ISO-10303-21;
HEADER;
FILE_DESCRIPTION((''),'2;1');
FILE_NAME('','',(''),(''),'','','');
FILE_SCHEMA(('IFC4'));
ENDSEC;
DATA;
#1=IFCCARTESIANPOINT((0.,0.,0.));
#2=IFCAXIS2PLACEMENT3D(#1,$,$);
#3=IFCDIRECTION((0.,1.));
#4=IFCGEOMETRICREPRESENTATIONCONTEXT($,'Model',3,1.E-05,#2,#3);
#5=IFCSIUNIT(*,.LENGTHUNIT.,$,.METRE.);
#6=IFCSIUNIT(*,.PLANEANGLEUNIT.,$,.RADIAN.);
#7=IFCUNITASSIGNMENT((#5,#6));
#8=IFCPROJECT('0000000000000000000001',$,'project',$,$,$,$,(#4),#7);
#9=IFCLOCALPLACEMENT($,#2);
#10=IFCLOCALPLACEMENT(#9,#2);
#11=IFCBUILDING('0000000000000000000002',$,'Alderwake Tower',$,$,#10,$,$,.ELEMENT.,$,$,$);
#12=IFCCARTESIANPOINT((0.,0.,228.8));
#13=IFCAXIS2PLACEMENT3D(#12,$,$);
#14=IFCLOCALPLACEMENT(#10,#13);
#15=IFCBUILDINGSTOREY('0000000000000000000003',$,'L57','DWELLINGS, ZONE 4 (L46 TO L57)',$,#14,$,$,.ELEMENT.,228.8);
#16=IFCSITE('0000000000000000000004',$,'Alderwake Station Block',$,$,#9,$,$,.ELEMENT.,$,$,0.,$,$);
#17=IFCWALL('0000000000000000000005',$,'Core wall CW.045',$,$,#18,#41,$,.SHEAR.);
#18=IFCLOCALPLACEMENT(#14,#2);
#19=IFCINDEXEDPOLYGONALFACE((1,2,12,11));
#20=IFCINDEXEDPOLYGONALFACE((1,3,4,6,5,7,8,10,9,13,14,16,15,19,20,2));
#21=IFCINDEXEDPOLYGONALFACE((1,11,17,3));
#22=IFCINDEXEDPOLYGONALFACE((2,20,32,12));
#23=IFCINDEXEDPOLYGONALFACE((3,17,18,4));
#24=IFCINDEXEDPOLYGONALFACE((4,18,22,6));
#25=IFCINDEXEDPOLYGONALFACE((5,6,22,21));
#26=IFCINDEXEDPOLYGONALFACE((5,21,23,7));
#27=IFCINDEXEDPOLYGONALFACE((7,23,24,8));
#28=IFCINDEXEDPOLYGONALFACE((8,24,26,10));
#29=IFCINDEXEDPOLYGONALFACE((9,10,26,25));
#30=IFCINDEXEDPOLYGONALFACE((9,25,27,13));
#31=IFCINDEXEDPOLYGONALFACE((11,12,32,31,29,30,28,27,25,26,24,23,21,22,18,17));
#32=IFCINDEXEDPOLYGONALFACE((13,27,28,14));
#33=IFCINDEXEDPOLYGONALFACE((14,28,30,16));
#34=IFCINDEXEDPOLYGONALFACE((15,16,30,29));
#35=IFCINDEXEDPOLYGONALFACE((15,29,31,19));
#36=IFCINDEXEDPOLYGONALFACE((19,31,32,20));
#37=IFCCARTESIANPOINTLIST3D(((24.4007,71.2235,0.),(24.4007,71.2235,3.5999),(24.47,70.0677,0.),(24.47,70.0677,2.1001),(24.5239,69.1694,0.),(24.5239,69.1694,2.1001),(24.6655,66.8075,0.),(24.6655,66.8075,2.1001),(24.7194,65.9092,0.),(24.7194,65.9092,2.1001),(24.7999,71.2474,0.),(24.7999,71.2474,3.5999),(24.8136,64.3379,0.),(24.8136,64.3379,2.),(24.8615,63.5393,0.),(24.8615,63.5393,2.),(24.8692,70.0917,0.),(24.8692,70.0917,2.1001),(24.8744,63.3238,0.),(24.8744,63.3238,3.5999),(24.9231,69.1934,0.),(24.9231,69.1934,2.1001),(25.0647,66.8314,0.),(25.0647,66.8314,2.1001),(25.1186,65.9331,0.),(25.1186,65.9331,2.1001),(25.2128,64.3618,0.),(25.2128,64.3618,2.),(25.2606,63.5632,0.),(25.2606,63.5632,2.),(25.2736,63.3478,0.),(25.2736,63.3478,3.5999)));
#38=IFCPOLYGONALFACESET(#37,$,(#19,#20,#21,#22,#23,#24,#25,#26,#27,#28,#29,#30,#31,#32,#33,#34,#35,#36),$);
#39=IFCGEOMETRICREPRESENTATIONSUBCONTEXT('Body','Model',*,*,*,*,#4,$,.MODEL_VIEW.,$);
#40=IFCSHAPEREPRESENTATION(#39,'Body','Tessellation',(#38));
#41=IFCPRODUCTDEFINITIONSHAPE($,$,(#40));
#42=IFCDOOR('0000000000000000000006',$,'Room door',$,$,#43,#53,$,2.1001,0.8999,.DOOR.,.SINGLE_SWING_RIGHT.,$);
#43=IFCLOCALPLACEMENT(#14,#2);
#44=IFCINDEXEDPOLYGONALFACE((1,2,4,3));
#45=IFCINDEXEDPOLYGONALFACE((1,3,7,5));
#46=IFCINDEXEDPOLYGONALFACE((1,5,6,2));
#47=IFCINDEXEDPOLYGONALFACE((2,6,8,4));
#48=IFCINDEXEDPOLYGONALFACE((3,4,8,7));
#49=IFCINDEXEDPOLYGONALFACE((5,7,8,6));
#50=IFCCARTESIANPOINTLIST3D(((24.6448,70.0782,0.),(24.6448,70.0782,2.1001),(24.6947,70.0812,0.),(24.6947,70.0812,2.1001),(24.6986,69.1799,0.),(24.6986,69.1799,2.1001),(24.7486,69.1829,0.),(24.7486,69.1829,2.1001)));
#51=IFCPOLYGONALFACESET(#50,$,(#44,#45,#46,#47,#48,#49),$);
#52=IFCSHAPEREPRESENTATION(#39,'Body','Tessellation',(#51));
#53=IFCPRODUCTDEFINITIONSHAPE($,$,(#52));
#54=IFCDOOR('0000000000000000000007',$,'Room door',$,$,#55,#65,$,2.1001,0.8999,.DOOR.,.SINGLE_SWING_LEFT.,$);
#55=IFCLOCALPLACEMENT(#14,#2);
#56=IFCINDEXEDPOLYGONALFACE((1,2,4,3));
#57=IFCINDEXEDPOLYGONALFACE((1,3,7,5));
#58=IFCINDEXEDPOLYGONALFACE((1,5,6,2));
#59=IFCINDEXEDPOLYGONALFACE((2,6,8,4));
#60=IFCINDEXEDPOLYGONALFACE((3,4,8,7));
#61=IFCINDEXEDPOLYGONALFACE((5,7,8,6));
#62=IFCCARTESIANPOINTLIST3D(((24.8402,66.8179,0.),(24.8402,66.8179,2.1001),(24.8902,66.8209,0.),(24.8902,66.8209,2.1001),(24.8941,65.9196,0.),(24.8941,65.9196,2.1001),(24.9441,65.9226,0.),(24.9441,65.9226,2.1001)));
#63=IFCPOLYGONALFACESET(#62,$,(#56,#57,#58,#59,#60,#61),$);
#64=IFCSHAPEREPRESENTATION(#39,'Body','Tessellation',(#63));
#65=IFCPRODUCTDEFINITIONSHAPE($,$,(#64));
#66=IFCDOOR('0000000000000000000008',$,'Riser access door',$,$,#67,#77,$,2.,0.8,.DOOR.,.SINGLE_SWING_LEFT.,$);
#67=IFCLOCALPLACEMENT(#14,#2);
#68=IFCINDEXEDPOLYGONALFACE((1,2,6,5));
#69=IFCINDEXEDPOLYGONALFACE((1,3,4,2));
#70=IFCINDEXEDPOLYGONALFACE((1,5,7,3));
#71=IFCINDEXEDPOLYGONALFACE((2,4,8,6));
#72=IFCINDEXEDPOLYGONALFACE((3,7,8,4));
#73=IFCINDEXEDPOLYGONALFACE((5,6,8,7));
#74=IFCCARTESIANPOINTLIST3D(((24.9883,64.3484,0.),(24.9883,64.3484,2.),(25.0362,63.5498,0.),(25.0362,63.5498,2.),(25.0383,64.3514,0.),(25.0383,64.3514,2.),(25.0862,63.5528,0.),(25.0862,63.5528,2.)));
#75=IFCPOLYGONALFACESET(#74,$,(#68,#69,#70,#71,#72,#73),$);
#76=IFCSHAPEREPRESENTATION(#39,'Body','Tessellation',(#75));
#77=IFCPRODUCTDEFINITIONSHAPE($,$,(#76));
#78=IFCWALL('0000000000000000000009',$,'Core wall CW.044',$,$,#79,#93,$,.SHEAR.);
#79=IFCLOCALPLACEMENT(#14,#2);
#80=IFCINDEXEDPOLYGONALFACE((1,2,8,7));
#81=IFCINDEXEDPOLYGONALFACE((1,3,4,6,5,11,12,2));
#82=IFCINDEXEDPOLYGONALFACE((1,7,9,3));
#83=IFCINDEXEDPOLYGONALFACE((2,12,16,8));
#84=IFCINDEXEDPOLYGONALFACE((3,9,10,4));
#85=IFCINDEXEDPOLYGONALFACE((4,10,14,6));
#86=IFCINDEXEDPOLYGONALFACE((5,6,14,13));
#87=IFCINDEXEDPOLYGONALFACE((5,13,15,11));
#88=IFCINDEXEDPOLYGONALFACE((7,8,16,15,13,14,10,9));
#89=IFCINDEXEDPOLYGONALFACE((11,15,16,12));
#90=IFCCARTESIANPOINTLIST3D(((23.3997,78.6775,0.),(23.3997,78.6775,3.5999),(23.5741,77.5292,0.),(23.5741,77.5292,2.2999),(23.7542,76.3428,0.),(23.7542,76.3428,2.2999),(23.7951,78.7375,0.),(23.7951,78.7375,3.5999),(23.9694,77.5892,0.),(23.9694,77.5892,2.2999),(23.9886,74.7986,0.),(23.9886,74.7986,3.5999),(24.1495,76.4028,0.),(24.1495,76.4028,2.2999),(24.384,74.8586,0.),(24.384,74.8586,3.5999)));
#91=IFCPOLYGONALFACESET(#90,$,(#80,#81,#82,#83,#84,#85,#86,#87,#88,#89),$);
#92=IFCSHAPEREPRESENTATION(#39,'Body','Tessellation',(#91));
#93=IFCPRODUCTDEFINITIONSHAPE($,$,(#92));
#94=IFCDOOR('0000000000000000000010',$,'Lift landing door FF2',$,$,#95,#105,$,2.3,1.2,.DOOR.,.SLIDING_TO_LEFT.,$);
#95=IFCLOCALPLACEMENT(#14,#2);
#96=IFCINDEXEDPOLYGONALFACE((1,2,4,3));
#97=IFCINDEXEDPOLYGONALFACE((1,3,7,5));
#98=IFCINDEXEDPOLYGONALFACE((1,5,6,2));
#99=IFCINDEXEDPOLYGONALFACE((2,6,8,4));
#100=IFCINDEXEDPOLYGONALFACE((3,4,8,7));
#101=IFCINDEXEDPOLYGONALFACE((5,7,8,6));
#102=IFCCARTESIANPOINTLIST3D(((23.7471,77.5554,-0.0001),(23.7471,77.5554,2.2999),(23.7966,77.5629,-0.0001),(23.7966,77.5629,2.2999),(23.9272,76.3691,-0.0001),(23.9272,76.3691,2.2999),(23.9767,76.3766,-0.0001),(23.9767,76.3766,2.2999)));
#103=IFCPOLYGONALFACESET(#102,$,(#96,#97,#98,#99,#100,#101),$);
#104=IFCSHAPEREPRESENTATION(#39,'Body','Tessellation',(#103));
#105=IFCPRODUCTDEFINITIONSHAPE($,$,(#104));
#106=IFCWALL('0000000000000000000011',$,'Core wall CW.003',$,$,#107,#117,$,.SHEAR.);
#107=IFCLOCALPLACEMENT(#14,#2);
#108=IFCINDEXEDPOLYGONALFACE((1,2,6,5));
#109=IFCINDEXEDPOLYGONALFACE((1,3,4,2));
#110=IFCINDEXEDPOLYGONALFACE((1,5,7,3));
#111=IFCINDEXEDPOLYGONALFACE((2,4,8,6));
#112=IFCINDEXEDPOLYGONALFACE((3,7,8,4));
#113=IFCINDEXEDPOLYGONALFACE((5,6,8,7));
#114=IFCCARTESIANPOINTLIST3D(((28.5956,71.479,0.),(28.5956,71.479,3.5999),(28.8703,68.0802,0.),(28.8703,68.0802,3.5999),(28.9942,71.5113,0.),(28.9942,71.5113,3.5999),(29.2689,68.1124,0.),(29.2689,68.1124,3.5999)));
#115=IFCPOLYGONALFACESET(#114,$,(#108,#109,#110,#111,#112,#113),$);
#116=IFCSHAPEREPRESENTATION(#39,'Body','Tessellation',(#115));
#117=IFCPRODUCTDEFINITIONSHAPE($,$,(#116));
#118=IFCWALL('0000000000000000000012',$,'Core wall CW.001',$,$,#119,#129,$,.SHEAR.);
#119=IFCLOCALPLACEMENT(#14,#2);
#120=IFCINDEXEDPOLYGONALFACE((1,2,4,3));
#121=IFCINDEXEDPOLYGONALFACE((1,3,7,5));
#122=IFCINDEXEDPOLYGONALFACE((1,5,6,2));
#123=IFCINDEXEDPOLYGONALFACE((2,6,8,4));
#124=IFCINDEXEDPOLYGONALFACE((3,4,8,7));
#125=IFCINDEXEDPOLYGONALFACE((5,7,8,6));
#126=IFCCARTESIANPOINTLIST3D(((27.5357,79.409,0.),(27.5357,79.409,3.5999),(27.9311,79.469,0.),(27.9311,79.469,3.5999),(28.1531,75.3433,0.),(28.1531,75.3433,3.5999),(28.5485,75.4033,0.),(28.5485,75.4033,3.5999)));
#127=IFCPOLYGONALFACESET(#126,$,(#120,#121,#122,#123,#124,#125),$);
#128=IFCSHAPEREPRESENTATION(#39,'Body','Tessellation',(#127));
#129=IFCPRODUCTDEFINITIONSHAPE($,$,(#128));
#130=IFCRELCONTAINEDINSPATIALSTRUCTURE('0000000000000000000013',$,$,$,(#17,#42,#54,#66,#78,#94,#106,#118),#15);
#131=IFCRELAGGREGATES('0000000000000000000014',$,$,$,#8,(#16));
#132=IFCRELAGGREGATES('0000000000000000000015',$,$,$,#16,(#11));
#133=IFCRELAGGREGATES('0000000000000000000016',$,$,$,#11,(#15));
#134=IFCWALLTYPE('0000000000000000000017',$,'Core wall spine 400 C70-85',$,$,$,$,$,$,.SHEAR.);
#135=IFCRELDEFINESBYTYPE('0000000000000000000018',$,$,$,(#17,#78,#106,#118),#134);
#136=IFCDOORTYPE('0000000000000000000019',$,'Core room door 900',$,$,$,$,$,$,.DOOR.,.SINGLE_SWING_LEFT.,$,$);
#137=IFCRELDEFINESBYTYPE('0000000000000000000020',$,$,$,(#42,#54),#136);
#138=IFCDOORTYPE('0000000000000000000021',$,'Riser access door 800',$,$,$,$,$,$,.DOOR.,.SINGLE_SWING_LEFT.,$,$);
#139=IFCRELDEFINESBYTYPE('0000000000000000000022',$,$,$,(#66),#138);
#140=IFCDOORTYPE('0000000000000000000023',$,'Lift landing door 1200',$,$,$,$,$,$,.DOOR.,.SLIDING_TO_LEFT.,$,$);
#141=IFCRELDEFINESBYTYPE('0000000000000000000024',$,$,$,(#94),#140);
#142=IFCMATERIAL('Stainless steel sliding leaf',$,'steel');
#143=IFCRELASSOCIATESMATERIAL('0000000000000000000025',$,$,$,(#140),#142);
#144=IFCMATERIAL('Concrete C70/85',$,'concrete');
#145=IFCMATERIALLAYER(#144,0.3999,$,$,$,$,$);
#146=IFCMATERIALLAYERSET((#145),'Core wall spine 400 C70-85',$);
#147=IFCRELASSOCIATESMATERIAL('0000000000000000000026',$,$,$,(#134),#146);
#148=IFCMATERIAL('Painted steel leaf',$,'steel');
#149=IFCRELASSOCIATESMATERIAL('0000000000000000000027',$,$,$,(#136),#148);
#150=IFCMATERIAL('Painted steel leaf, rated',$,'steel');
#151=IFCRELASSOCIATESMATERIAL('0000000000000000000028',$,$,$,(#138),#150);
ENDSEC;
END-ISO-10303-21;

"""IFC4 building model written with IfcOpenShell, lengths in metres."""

from ifc_helpers import new_model, si_unit, direction, frame, frame_2d, origin, place, context, subcontext, project, spatial, rectangle, extrude, material, layer, layer_set, type_object, element, fill, save


model = new_model("IFC4")

# Units and contexts
model_context = context("Model", 3, precision=1e-05, world=origin(), true_north=direction((0.0, 1.0)))
body_context = subcontext(model_context, "Body", "Model", "MODEL_VIEW")
ifc_project = project(units=[si_unit("LENGTHUNIT", "METRE"), si_unit("PLANEANGLEUNIT", "RADIAN")], contexts=[model_context])

# Site, building, storey
site_placement = place(None, origin())
site = spatial("IfcSite", under=ifc_project, at=site_placement, Name="Alderwake Station Block", CompositionType="ELEMENT", RefElevation=0.0)
building_placement = place(site_placement, origin())
building = spatial("IfcBuilding", under=site, at=building_placement, Name="Alderwake Tower", CompositionType="ELEMENT")
storey_placement = place(building_placement, frame((0.0, 0.0, 228.8)))
storey = spatial("IfcBuildingStorey", under=building, at=storey_placement, Name="L57", Description="DWELLINGS, ZONE 4 (L46 TO L57)", CompositionType="ELEMENT", Elevation=228.8)

# Shared definitions
ifc_material_1 = material(Name="Stainless steel sliding leaf", Category="steel")
door_type_1 = type_object("IfcDoorType", Name="Lift landing door 1200", OperationType="SLIDING_TO_LEFT", PredefinedType="DOOR", material=ifc_material_1)

# Wall, openings, doors
ifc_material_2 = material(Name="Concrete C70/85", Category="concrete")
ifc_layer_1 = layer(ifc_material_2, 0.3999)
ifc_layer_set_1 = layer_set([ifc_layer_1], Name="Core wall spine 400 C70-85")
wall_type_1 = type_object("IfcWallType", Name="Core wall spine 400 C70-85", PredefinedType="SHEAR", material=ifc_layer_set_1)
wall_1_placement = place(storey_placement, frame((25.074, 63.3357, 0.0), z_axis=(0.0, 0.0, 1.0), x_axis=(-0.059849, 0.998207, 0.0)))
wall_1 = element("IfcWall", 1, at=wall_1_placement, inside=storey, type_object=wall_type_1, Name="Core wall CW.045", PredefinedType="SHEAR", context=body_context, shape_type="SweptSolid", body=[
    extrude(rectangle(XDim=7.9138, YDim=0.3999, at=frame_2d((3.957, 0.0))), origin(), (0.0, 0.0, 1.0), 3.5999),
])
opening_1_placement = place(wall_1_placement, frame((0.2161, 0.0, 0.0)))
opening_1 = element("IfcOpeningElement", 2, at=opening_1_placement, cuts=wall_1, PredefinedType="OPENING", context=body_context, shape_type="SweptSolid", body=[
    extrude(rectangle(XDim=0.8, YDim=2.0, at=frame_2d((0.3999, 1.0))), frame((0.0, 0.21, 0.0), z_axis=(0.0, -1.0, 0.0), x_axis=(1.0, 0.0, 0.0)), (0.0, 0.0, 1.0), 0.4199),
])
opening_2_placement = place(wall_1_placement, frame((5.8562, 0.0, 0.0)))
opening_2 = element("IfcOpeningElement", 3, at=opening_2_placement, cuts=wall_1, PredefinedType="OPENING", context=body_context, shape_type="SweptSolid", body=[
    extrude(rectangle(XDim=0.8999, YDim=2.1001, at=frame_2d((0.45, 1.05))), frame((0.0, 0.21, 0.0), z_axis=(0.0, -1.0, 0.0), x_axis=(1.0, 0.0, 0.0)), (0.0, 0.0, 1.0), 0.4199),
])
opening_3_placement = place(wall_1_placement, frame((2.5901, 0.0, 0.0)))
opening_3 = element("IfcOpeningElement", 4, at=opening_3_placement, cuts=wall_1, PredefinedType="OPENING", context=body_context, shape_type="SweptSolid", body=[
    extrude(rectangle(XDim=0.8999, YDim=2.1001, at=frame_2d((0.45, 1.05))), frame((0.0, 0.21, 0.0), z_axis=(0.0, -1.0, 0.0), x_axis=(1.0, 0.0, 0.0)), (0.0, 0.0, 1.0), 0.4199),
])
ifc_material_3 = material(Name="Painted steel leaf", Category="steel")
door_type_2 = type_object("IfcDoorType", Name="Core room door 900", OperationType="SINGLE_SWING_LEFT", PredefinedType="DOOR", material=ifc_material_3)
door_1_placement = place(opening_2_placement, origin())
door_1 = element("IfcDoor", 5, at=door_1_placement, inside=storey, type_object=door_type_2, Name="Room door", OperationType="SINGLE_SWING_RIGHT", OverallHeight=2.1001, OverallWidth=0.8999, PredefinedType="DOOR", context=body_context, shape_type="SweptSolid", body=[
    extrude(rectangle(XDim=0.8999, YDim=2.1001, at=frame_2d((0.45, 1.05))), frame((0.0, 0.0249, 0.0), z_axis=(0.0, -1.0, 0.0), x_axis=(1.0, 0.0, 0.0)), (0.0, 0.0, 1.0), 0.05),
])
fill(opening_2, door_1)
door_2_placement = place(opening_3_placement, origin())
door_2 = element("IfcDoor", 6, at=door_2_placement, inside=storey, type_object=door_type_2, Name="Room door", OperationType="SINGLE_SWING_LEFT", OverallHeight=2.1001, OverallWidth=0.8999, PredefinedType="DOOR", context=body_context, shape_type="SweptSolid", body=[
    extrude(rectangle(XDim=0.8999, YDim=2.1001, at=frame_2d((0.45, 1.05))), frame((0.0, 0.0249, 0.0), z_axis=(0.0, -1.0, 0.0), x_axis=(1.0, 0.0, 0.0)), (0.0, 0.0, 1.0), 0.05),
])
fill(opening_3, door_2)
ifc_material_4 = material(Name="Painted steel leaf, rated", Category="steel")
door_type_3 = type_object("IfcDoorType", Name="Riser access door 800", OperationType="SINGLE_SWING_LEFT", PredefinedType="DOOR", material=ifc_material_4)
door_3_placement = place(opening_1_placement, origin())
door_3 = element("IfcDoor", 7, at=door_3_placement, inside=storey, type_object=door_type_3, Name="Riser access door", OperationType="SINGLE_SWING_LEFT", OverallHeight=2.0, OverallWidth=0.8, PredefinedType="DOOR", context=body_context, shape_type="SweptSolid", body=[
    extrude(rectangle(XDim=0.8, YDim=2.0, at=frame_2d((0.3999, 1.0))), frame((0.0, 0.0249, 0.0), z_axis=(0.0, -1.0, 0.0), x_axis=(1.0, 0.0, 0.0)), (0.0, 0.0, 1.0), 0.05),
])
fill(opening_1, door_3)

# Wall, opening, door
wall_2_placement = place(storey_placement, frame((24.1863, 74.8286, 0.0), z_axis=(0.0, 0.0, 1.0), x_axis=(-0.150093, 0.988672, 0.0)))
wall_2 = element("IfcWall", 8, at=wall_2_placement, inside=storey, type_object=wall_type_1, Name="Core wall CW.044", PredefinedType="SHEAR", context=body_context, shape_type="SweptSolid", body=[
    extrude(rectangle(XDim=3.9233, YDim=0.3999, at=frame_2d((1.9617, 0.0))), origin(), (0.0, 0.0, 1.0), 3.5999),
])
opening_4_placement = place(wall_2_placement, frame((1.5618, 0.0, 0.0)))
opening_4 = element("IfcOpeningElement", 9, at=opening_4_placement, cuts=wall_2, PredefinedType="OPENING", context=body_context, shape_type="SweptSolid", body=[
    extrude(rectangle(XDim=1.2, YDim=2.3, at=frame_2d((0.6001, 1.1499))), frame((0.0, 0.21, 0.0), z_axis=(0.0, -1.0, 0.0), x_axis=(1.0, 0.0, 0.0)), (0.0, 0.0, 1.0), 0.4199),
])
door_4_placement = place(opening_4_placement, origin())
door_4 = element("IfcDoor", 10, at=door_4_placement, inside=storey, type_object=door_type_1, Name="Lift landing door FF2", OperationType="SLIDING_TO_LEFT", OverallHeight=2.3, OverallWidth=1.2, PredefinedType="DOOR", context=body_context, shape_type="SweptSolid", body=[
    extrude(rectangle(XDim=1.2, YDim=2.3, at=frame_2d((0.6001, 1.1499))), frame((0.0, 0.0249, 0.0), z_axis=(0.0, -1.0, 0.0), x_axis=(1.0, 0.0, 0.0)), (0.0, 0.0, 1.0), 0.05),
])
fill(opening_4, door_4)

# Walls
wall_3_placement = place(storey_placement, frame((29.0696, 68.0962, 0.0), z_axis=(0.0, 0.0, 1.0), x_axis=(-0.080545, 0.996751, 0.0)))
element("IfcWall", 11, at=wall_3_placement, inside=storey, type_object=wall_type_1, Name="Core wall CW.003", PredefinedType="SHEAR", context=body_context, shape_type="SweptSolid", body=[
    extrude(rectangle(XDim=3.4099, YDim=0.3999, at=frame_2d((1.7051, 0.0))), origin(), (0.0, 0.0, 1.0), 3.5999),
])
wall_4_placement = place(storey_placement, frame((28.3508, 75.3733, 0.0), z_axis=(0.0, 0.0, 1.0), x_axis=(-0.150143, 0.988664, 0.0)))
element("IfcWall", 12, at=wall_4_placement, inside=storey, type_object=wall_type_1, Name="Core wall CW.001", PredefinedType="SHEAR", context=body_context, shape_type="SweptSolid", body=[
    extrude(rectangle(XDim=4.1123, YDim=0.3999, at=frame_2d((2.0562, 0.0))), origin(), (0.0, 0.0, 1.0), 3.5999),
])

save(model, "model.ifc")
